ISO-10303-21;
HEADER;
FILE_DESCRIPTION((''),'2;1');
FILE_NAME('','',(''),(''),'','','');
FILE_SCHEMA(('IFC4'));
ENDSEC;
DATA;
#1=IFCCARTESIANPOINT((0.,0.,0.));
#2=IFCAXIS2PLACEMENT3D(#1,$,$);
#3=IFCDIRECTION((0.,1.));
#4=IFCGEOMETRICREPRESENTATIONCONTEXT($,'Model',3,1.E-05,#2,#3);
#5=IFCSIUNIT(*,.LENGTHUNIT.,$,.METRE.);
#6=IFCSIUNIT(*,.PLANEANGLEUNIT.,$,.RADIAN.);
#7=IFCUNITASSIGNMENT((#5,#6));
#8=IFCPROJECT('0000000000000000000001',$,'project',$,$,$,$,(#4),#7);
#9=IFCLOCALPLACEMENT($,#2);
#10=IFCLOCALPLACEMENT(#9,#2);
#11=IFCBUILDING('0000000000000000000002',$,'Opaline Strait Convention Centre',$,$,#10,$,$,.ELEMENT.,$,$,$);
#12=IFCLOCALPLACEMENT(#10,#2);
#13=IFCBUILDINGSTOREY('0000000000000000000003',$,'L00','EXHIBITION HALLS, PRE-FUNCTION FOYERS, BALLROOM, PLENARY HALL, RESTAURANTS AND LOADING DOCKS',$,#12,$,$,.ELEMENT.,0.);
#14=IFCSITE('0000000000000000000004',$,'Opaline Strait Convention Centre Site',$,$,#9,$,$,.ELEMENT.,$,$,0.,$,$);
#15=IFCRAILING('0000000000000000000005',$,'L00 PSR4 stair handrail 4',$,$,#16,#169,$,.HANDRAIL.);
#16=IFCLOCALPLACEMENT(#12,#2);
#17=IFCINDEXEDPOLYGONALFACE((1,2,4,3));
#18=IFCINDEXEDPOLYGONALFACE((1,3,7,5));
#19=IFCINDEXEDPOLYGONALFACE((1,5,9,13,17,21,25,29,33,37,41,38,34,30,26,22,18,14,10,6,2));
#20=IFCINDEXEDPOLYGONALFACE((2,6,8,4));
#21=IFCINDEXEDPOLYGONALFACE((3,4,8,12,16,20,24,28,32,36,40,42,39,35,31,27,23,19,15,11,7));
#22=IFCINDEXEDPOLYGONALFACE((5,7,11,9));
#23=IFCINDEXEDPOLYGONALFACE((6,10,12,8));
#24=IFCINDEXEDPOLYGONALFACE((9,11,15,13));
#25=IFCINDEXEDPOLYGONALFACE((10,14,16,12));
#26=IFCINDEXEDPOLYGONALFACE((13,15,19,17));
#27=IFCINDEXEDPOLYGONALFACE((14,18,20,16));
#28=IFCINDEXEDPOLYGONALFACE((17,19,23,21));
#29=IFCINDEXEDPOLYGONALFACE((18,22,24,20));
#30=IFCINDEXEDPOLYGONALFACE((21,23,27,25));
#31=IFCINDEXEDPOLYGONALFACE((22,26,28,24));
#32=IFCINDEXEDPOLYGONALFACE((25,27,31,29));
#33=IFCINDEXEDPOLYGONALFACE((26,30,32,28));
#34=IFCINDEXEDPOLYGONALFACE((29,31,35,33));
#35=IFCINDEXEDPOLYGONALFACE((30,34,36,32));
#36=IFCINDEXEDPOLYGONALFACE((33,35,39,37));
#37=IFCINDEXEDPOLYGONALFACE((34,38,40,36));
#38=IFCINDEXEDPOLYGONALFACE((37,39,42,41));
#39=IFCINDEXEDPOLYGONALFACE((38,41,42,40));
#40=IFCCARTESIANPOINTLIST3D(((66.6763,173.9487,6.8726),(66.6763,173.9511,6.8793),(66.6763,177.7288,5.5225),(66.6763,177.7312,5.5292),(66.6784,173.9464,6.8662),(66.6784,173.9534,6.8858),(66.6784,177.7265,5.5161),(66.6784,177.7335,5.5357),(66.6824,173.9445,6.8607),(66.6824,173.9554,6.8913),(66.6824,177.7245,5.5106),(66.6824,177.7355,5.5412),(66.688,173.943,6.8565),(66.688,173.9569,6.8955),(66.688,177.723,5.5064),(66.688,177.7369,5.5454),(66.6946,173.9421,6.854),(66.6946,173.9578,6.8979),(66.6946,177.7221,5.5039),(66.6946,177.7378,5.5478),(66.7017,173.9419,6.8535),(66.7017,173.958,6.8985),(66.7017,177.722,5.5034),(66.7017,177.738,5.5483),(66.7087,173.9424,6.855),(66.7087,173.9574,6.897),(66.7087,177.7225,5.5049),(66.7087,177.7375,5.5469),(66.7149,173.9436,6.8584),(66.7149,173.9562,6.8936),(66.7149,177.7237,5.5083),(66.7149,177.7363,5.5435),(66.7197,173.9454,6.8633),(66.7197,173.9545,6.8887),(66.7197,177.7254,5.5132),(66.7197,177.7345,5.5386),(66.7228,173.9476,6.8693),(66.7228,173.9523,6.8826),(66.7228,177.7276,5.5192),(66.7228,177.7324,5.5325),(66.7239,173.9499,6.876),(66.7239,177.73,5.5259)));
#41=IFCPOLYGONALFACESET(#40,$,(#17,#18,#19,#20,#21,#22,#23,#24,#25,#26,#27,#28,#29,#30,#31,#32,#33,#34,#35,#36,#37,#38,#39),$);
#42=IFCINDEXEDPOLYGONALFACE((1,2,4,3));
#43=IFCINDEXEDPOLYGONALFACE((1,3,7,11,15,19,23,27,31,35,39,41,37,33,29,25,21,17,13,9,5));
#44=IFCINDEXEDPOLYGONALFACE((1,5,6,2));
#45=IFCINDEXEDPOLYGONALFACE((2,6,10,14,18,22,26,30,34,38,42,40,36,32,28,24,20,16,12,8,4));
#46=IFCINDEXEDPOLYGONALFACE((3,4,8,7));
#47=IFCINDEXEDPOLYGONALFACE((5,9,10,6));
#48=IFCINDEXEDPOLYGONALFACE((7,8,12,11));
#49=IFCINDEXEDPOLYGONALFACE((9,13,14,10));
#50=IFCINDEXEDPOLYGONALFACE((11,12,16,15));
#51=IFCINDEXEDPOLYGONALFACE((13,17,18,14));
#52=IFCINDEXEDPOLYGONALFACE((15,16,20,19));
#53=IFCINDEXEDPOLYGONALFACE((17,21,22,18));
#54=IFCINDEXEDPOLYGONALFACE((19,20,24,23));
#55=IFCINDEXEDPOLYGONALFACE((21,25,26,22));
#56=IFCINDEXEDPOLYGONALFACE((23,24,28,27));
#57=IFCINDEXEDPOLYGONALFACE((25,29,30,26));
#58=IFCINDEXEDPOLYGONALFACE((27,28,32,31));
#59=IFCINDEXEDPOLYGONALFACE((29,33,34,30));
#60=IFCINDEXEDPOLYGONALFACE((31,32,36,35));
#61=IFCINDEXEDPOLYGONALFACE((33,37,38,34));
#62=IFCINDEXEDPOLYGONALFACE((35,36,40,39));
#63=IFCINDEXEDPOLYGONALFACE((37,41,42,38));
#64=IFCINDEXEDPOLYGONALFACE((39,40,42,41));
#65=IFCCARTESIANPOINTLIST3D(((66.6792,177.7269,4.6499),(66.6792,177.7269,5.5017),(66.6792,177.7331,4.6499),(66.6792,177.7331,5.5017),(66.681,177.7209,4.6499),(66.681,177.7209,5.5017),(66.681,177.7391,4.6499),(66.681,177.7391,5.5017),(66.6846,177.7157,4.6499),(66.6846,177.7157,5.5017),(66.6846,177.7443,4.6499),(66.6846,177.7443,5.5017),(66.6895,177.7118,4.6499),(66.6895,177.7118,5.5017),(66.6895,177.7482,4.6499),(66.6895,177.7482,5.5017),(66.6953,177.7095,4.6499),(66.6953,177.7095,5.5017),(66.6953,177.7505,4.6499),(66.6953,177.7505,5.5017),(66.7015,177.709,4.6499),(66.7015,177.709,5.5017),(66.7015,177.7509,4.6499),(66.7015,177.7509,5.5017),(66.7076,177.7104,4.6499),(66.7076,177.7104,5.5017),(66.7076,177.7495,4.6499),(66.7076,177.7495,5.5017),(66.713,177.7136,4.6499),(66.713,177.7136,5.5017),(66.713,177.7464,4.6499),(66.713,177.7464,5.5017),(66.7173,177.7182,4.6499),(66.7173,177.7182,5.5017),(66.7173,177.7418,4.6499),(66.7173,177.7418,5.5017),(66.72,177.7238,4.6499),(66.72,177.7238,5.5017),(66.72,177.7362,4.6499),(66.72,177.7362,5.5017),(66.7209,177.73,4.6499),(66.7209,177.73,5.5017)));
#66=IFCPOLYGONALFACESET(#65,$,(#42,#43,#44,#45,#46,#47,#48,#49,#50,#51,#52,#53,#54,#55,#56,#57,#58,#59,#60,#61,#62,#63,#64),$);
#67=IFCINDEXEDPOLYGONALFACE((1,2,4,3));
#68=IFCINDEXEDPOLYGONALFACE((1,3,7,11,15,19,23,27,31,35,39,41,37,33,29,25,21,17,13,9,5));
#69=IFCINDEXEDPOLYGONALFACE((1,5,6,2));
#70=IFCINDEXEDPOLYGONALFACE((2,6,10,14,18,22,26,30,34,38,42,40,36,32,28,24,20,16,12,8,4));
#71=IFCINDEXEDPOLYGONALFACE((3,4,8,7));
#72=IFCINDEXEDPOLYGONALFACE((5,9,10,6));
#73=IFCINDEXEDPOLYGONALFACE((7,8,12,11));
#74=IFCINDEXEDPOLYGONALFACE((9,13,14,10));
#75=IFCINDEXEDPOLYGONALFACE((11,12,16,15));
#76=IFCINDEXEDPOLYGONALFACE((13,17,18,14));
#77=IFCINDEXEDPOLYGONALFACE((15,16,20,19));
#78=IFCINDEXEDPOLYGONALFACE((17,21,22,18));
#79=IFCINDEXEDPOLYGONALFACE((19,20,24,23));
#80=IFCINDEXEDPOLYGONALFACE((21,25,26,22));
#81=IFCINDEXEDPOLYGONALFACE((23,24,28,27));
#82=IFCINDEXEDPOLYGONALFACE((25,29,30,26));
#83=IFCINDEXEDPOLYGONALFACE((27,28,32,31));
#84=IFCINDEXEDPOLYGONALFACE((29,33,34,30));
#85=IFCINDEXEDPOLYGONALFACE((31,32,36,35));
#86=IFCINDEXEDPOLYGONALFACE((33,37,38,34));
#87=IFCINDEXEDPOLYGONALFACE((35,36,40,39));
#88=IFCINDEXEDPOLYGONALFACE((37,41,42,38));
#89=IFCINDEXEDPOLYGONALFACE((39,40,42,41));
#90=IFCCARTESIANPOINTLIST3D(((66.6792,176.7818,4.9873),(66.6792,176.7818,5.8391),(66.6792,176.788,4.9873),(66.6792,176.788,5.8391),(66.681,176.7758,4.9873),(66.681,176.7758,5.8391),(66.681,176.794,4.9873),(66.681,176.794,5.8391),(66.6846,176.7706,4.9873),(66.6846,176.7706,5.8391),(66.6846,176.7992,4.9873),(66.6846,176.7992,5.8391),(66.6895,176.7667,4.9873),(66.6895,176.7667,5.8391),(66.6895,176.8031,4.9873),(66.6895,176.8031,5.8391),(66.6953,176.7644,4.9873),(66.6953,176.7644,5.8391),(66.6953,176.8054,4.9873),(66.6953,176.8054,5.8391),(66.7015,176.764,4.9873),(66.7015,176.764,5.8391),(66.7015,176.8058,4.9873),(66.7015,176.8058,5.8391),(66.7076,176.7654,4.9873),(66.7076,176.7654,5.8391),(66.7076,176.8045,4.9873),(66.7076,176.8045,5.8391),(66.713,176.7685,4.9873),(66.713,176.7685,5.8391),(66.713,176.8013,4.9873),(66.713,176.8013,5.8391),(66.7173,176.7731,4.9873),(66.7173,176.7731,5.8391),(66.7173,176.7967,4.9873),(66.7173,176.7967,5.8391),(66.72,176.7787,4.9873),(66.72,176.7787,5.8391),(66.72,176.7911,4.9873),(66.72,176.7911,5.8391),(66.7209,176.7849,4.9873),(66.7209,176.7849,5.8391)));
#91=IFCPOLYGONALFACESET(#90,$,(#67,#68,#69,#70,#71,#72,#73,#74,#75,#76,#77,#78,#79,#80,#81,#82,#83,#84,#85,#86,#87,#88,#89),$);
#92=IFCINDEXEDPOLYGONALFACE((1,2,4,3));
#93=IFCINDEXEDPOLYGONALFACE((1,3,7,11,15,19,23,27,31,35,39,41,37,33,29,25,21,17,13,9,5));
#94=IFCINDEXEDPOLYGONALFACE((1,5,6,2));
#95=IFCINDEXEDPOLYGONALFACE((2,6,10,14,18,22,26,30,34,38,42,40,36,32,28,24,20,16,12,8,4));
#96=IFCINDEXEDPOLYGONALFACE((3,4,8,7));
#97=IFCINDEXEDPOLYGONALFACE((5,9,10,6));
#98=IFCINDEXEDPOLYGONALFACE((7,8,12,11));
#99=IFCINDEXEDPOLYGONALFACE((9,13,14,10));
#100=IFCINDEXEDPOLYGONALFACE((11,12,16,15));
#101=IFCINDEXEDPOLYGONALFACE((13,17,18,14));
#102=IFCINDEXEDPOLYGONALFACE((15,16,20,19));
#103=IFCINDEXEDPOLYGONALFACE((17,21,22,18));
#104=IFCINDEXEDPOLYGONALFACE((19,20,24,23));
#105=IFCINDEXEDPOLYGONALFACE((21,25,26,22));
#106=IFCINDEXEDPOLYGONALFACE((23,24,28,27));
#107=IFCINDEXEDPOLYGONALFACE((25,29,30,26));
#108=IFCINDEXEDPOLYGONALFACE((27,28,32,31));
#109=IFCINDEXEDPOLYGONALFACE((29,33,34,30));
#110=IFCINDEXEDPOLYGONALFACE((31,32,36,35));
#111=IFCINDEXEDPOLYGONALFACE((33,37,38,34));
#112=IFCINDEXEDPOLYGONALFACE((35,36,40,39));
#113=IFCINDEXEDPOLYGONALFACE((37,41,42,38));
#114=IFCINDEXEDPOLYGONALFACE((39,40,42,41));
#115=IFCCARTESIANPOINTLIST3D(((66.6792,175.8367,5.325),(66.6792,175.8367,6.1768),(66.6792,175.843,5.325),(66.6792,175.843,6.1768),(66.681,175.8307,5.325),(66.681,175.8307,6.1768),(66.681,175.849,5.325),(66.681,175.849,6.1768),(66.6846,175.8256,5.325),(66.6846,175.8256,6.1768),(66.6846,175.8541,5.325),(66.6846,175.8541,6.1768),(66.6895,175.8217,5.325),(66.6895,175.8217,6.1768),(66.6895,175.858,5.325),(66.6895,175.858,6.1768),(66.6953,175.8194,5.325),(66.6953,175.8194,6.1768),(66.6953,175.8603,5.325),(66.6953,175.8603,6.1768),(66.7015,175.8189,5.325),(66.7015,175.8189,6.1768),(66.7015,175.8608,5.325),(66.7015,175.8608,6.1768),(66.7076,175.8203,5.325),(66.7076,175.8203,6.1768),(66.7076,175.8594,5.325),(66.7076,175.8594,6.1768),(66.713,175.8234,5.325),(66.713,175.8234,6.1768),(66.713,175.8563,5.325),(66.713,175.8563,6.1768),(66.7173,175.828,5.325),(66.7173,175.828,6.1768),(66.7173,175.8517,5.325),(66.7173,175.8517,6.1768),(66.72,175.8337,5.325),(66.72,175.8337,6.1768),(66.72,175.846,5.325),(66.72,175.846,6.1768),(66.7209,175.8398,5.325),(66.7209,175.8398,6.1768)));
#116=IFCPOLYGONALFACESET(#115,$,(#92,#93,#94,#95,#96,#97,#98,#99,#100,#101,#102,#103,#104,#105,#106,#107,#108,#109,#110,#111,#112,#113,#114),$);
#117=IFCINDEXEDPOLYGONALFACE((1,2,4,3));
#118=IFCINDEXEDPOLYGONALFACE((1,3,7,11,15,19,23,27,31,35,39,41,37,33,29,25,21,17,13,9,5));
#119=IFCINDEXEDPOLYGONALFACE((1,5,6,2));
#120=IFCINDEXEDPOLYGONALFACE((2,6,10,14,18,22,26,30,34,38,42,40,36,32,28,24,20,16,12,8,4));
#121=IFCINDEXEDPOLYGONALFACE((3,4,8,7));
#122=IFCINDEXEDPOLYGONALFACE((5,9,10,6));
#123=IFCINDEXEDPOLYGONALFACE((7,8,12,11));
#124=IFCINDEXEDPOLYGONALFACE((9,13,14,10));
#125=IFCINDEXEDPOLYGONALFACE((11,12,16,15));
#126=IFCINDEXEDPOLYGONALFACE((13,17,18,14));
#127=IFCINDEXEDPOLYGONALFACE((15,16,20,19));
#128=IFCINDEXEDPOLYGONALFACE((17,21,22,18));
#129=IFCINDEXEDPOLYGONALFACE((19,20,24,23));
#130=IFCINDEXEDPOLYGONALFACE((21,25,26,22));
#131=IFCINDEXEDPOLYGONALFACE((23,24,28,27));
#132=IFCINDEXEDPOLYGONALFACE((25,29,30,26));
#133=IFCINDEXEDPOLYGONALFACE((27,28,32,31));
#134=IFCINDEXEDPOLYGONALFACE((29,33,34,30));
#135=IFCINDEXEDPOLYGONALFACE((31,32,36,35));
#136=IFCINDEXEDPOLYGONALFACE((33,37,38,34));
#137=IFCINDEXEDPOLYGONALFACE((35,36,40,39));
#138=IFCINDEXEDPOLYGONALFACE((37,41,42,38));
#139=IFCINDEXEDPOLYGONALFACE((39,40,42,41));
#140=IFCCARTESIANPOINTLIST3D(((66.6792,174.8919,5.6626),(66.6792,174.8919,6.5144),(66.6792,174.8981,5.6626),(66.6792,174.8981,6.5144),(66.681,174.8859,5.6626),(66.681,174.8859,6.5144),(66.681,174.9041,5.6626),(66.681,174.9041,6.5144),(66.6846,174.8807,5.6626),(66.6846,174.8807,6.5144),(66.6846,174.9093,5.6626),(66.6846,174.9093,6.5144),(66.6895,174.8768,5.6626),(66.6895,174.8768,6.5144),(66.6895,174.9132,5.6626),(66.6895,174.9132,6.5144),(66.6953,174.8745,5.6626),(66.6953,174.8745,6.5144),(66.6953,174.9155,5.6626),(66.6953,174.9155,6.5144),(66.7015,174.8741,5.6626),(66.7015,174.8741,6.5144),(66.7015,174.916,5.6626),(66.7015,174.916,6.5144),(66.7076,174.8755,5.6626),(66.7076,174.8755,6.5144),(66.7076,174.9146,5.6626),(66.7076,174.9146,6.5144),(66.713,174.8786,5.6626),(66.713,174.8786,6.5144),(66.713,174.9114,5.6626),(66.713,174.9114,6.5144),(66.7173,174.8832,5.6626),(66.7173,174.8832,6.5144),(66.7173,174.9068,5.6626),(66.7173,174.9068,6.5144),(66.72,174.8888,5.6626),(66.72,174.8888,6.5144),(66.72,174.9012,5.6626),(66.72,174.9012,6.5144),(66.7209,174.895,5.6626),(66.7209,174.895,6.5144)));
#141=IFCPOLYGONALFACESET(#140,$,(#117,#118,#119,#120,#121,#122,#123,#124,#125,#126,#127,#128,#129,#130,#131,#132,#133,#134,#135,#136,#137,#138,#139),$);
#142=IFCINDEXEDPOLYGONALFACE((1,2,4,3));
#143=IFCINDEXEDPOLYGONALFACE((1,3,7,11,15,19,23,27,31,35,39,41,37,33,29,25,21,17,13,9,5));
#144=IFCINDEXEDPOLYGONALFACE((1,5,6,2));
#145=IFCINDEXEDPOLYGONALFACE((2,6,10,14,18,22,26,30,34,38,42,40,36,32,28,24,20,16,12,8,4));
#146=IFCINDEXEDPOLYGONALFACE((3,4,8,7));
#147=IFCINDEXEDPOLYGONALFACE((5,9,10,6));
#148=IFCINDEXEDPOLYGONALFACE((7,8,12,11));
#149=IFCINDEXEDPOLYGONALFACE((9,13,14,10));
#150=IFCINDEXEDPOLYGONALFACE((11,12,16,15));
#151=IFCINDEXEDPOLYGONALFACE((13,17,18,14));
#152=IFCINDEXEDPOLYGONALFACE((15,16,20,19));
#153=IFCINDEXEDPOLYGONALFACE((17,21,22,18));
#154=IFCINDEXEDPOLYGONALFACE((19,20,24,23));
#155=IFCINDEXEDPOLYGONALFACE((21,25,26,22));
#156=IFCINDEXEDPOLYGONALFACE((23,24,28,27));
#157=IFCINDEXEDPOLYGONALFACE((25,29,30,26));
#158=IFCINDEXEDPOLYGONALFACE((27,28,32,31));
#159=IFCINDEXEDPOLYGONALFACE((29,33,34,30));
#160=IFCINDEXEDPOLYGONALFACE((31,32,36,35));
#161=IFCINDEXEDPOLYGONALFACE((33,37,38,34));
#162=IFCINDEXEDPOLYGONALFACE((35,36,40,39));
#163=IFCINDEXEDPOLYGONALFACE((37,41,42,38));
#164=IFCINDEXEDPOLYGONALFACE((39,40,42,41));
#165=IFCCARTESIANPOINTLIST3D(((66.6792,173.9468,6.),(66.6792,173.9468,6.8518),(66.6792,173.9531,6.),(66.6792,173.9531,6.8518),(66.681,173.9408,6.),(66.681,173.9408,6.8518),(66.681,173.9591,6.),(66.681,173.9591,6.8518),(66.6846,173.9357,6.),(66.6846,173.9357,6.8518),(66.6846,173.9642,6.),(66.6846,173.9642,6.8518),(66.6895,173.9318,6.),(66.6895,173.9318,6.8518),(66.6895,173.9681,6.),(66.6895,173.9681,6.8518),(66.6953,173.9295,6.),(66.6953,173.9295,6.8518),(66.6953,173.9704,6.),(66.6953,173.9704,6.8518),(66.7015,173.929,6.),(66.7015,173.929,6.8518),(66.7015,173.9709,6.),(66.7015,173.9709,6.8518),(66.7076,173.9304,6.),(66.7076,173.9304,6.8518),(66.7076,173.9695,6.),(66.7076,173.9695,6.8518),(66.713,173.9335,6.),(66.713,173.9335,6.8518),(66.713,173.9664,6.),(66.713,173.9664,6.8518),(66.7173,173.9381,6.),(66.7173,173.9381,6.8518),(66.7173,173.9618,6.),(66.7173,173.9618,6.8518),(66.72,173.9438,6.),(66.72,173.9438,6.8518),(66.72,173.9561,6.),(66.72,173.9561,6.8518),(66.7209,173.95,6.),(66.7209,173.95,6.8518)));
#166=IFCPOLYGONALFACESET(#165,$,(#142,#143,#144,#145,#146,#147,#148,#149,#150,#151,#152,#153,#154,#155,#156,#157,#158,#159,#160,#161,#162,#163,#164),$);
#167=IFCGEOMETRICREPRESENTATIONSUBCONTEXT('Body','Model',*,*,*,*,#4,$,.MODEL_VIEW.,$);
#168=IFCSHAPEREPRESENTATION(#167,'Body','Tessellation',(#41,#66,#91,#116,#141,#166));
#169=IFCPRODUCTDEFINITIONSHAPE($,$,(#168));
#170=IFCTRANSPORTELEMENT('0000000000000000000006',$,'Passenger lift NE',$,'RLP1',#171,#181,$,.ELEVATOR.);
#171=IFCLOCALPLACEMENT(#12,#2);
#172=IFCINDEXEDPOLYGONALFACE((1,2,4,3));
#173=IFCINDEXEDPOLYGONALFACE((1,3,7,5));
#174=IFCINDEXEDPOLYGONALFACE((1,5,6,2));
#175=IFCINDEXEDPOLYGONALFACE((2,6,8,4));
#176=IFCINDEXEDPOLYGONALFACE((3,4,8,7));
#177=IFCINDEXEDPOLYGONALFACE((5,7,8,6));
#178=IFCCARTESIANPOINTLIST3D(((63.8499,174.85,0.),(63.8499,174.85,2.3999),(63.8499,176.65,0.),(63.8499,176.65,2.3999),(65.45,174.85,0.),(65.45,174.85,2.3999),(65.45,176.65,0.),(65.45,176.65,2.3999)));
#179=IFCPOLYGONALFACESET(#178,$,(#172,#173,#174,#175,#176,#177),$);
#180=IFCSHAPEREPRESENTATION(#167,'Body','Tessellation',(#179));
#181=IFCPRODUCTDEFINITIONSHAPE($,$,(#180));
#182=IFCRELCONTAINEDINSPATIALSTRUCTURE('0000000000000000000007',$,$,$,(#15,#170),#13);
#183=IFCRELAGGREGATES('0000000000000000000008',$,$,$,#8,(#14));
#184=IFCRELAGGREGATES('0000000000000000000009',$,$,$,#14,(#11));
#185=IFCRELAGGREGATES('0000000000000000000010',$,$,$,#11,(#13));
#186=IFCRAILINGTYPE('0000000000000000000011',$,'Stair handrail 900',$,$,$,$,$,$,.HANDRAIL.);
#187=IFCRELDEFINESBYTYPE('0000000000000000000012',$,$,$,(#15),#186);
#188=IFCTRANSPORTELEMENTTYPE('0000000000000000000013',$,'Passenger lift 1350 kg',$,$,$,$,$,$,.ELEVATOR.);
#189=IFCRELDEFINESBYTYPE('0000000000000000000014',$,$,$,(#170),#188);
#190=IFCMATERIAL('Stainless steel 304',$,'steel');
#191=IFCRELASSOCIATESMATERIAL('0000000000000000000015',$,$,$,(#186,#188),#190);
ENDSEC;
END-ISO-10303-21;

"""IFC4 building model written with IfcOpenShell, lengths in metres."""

from ifc_helpers import new_model, si_unit, direction, frame, origin, origin_2d, place, context, subcontext, project, spatial, rectangle, circle, extrude, material, type_object, element, save


model = new_model("IFC4")

# Units and contexts
model_context = context("Model", 3, precision=1e-05, world=origin(), true_north=direction((0.0, 1.0)))
body_context = subcontext(model_context, "Body", "Model", "MODEL_VIEW")
ifc_project = project(units=[si_unit("LENGTHUNIT", "METRE"), si_unit("PLANEANGLEUNIT", "RADIAN")], contexts=[model_context])

# Site, building, storey
site_placement = place(None, origin())
site = spatial("IfcSite", under=ifc_project, at=site_placement, Name="Opaline Strait Convention Centre Site", CompositionType="ELEMENT", RefElevation=0.0)
building_placement = place(site_placement, origin())
building = spatial("IfcBuilding", under=site, at=building_placement, Name="Opaline Strait Convention Centre", CompositionType="ELEMENT")
storey_placement = place(building_placement, origin())
storey = spatial("IfcBuildingStorey", under=building, at=storey_placement, Name="L00", Description="EXHIBITION HALLS, PRE-FUNCTION FOYERS, BALLROOM, PLENARY HALL, RESTAURANTS AND LOADING DOCKS", CompositionType="ELEMENT", Elevation=0.0)

# Railing
ifc_material_1 = material(Name="Stainless steel 304", Category="steel")
railing_type_1 = type_object("IfcRailingType", Name="Stair handrail 900", PredefinedType="HANDRAIL", material=ifc_material_1)
for number, where, name in (
    (1, (66.7, 177.73, 4.6499), "L00 PSR4 stair handrail 4"),
):
    element("IfcRailing", number, at=place(storey_placement, frame(where)), inside=storey, type_object=railing_type_1, Name=name, PredefinedType="HANDRAIL", context=body_context, shape_type="SweptSolid", body=[
        extrude(circle(Radius=0.0239, at=origin_2d()), frame((0.0, 0.0, 0.876), z_axis=(0.0, -0.941735, 0.336356), x_axis=(1.0, 0.0, 0.0)), (0.0, 0.0, 1.0), 4.0139),
        extrude(circle(Radius=0.021, at=origin_2d()), origin(), (0.0, 0.0, 1.0), 0.8518),
        extrude(circle(Radius=0.021, at=origin_2d()), frame((0.0, -0.9451, 0.3374)), (0.0, 0.0, 1.0), 0.8518),
        extrude(circle(Radius=0.021, at=origin_2d()), frame((0.0, -1.8901, 0.675)), (0.0, 0.0, 1.0), 0.8518),
        extrude(circle(Radius=0.021, at=origin_2d()), frame((0.0, -2.835, 1.0127)), (0.0, 0.0, 1.0), 0.8518),
        extrude(circle(Radius=0.021, at=origin_2d()), frame((0.0, -3.78, 1.3501)), (0.0, 0.0, 1.0), 0.8518),
    ])

# Transport element
transport_element_type = type_object("IfcTransportElementType", Name="Passenger lift 1350 kg", PredefinedType="ELEVATOR", material=ifc_material_1)
transport_element_placement = place(storey_placement, frame((64.6499, 175.75, 0.0), z_axis=(0.0, 0.0, 1.0), x_axis=(1.0, 0.0, 0.0)))
element("IfcTransportElement", 2, at=transport_element_placement, inside=storey, type_object=transport_element_type, Name="Passenger lift NE", ObjectType="RLP1", PredefinedType="ELEVATOR", context=body_context, shape_type="SweptSolid", body=[
    extrude(rectangle(XDim=1.6001, YDim=1.8, at=origin_2d()), origin(), (0.0, 0.0, 1.0), 2.3999),
])

save(model, "model.ifc")
